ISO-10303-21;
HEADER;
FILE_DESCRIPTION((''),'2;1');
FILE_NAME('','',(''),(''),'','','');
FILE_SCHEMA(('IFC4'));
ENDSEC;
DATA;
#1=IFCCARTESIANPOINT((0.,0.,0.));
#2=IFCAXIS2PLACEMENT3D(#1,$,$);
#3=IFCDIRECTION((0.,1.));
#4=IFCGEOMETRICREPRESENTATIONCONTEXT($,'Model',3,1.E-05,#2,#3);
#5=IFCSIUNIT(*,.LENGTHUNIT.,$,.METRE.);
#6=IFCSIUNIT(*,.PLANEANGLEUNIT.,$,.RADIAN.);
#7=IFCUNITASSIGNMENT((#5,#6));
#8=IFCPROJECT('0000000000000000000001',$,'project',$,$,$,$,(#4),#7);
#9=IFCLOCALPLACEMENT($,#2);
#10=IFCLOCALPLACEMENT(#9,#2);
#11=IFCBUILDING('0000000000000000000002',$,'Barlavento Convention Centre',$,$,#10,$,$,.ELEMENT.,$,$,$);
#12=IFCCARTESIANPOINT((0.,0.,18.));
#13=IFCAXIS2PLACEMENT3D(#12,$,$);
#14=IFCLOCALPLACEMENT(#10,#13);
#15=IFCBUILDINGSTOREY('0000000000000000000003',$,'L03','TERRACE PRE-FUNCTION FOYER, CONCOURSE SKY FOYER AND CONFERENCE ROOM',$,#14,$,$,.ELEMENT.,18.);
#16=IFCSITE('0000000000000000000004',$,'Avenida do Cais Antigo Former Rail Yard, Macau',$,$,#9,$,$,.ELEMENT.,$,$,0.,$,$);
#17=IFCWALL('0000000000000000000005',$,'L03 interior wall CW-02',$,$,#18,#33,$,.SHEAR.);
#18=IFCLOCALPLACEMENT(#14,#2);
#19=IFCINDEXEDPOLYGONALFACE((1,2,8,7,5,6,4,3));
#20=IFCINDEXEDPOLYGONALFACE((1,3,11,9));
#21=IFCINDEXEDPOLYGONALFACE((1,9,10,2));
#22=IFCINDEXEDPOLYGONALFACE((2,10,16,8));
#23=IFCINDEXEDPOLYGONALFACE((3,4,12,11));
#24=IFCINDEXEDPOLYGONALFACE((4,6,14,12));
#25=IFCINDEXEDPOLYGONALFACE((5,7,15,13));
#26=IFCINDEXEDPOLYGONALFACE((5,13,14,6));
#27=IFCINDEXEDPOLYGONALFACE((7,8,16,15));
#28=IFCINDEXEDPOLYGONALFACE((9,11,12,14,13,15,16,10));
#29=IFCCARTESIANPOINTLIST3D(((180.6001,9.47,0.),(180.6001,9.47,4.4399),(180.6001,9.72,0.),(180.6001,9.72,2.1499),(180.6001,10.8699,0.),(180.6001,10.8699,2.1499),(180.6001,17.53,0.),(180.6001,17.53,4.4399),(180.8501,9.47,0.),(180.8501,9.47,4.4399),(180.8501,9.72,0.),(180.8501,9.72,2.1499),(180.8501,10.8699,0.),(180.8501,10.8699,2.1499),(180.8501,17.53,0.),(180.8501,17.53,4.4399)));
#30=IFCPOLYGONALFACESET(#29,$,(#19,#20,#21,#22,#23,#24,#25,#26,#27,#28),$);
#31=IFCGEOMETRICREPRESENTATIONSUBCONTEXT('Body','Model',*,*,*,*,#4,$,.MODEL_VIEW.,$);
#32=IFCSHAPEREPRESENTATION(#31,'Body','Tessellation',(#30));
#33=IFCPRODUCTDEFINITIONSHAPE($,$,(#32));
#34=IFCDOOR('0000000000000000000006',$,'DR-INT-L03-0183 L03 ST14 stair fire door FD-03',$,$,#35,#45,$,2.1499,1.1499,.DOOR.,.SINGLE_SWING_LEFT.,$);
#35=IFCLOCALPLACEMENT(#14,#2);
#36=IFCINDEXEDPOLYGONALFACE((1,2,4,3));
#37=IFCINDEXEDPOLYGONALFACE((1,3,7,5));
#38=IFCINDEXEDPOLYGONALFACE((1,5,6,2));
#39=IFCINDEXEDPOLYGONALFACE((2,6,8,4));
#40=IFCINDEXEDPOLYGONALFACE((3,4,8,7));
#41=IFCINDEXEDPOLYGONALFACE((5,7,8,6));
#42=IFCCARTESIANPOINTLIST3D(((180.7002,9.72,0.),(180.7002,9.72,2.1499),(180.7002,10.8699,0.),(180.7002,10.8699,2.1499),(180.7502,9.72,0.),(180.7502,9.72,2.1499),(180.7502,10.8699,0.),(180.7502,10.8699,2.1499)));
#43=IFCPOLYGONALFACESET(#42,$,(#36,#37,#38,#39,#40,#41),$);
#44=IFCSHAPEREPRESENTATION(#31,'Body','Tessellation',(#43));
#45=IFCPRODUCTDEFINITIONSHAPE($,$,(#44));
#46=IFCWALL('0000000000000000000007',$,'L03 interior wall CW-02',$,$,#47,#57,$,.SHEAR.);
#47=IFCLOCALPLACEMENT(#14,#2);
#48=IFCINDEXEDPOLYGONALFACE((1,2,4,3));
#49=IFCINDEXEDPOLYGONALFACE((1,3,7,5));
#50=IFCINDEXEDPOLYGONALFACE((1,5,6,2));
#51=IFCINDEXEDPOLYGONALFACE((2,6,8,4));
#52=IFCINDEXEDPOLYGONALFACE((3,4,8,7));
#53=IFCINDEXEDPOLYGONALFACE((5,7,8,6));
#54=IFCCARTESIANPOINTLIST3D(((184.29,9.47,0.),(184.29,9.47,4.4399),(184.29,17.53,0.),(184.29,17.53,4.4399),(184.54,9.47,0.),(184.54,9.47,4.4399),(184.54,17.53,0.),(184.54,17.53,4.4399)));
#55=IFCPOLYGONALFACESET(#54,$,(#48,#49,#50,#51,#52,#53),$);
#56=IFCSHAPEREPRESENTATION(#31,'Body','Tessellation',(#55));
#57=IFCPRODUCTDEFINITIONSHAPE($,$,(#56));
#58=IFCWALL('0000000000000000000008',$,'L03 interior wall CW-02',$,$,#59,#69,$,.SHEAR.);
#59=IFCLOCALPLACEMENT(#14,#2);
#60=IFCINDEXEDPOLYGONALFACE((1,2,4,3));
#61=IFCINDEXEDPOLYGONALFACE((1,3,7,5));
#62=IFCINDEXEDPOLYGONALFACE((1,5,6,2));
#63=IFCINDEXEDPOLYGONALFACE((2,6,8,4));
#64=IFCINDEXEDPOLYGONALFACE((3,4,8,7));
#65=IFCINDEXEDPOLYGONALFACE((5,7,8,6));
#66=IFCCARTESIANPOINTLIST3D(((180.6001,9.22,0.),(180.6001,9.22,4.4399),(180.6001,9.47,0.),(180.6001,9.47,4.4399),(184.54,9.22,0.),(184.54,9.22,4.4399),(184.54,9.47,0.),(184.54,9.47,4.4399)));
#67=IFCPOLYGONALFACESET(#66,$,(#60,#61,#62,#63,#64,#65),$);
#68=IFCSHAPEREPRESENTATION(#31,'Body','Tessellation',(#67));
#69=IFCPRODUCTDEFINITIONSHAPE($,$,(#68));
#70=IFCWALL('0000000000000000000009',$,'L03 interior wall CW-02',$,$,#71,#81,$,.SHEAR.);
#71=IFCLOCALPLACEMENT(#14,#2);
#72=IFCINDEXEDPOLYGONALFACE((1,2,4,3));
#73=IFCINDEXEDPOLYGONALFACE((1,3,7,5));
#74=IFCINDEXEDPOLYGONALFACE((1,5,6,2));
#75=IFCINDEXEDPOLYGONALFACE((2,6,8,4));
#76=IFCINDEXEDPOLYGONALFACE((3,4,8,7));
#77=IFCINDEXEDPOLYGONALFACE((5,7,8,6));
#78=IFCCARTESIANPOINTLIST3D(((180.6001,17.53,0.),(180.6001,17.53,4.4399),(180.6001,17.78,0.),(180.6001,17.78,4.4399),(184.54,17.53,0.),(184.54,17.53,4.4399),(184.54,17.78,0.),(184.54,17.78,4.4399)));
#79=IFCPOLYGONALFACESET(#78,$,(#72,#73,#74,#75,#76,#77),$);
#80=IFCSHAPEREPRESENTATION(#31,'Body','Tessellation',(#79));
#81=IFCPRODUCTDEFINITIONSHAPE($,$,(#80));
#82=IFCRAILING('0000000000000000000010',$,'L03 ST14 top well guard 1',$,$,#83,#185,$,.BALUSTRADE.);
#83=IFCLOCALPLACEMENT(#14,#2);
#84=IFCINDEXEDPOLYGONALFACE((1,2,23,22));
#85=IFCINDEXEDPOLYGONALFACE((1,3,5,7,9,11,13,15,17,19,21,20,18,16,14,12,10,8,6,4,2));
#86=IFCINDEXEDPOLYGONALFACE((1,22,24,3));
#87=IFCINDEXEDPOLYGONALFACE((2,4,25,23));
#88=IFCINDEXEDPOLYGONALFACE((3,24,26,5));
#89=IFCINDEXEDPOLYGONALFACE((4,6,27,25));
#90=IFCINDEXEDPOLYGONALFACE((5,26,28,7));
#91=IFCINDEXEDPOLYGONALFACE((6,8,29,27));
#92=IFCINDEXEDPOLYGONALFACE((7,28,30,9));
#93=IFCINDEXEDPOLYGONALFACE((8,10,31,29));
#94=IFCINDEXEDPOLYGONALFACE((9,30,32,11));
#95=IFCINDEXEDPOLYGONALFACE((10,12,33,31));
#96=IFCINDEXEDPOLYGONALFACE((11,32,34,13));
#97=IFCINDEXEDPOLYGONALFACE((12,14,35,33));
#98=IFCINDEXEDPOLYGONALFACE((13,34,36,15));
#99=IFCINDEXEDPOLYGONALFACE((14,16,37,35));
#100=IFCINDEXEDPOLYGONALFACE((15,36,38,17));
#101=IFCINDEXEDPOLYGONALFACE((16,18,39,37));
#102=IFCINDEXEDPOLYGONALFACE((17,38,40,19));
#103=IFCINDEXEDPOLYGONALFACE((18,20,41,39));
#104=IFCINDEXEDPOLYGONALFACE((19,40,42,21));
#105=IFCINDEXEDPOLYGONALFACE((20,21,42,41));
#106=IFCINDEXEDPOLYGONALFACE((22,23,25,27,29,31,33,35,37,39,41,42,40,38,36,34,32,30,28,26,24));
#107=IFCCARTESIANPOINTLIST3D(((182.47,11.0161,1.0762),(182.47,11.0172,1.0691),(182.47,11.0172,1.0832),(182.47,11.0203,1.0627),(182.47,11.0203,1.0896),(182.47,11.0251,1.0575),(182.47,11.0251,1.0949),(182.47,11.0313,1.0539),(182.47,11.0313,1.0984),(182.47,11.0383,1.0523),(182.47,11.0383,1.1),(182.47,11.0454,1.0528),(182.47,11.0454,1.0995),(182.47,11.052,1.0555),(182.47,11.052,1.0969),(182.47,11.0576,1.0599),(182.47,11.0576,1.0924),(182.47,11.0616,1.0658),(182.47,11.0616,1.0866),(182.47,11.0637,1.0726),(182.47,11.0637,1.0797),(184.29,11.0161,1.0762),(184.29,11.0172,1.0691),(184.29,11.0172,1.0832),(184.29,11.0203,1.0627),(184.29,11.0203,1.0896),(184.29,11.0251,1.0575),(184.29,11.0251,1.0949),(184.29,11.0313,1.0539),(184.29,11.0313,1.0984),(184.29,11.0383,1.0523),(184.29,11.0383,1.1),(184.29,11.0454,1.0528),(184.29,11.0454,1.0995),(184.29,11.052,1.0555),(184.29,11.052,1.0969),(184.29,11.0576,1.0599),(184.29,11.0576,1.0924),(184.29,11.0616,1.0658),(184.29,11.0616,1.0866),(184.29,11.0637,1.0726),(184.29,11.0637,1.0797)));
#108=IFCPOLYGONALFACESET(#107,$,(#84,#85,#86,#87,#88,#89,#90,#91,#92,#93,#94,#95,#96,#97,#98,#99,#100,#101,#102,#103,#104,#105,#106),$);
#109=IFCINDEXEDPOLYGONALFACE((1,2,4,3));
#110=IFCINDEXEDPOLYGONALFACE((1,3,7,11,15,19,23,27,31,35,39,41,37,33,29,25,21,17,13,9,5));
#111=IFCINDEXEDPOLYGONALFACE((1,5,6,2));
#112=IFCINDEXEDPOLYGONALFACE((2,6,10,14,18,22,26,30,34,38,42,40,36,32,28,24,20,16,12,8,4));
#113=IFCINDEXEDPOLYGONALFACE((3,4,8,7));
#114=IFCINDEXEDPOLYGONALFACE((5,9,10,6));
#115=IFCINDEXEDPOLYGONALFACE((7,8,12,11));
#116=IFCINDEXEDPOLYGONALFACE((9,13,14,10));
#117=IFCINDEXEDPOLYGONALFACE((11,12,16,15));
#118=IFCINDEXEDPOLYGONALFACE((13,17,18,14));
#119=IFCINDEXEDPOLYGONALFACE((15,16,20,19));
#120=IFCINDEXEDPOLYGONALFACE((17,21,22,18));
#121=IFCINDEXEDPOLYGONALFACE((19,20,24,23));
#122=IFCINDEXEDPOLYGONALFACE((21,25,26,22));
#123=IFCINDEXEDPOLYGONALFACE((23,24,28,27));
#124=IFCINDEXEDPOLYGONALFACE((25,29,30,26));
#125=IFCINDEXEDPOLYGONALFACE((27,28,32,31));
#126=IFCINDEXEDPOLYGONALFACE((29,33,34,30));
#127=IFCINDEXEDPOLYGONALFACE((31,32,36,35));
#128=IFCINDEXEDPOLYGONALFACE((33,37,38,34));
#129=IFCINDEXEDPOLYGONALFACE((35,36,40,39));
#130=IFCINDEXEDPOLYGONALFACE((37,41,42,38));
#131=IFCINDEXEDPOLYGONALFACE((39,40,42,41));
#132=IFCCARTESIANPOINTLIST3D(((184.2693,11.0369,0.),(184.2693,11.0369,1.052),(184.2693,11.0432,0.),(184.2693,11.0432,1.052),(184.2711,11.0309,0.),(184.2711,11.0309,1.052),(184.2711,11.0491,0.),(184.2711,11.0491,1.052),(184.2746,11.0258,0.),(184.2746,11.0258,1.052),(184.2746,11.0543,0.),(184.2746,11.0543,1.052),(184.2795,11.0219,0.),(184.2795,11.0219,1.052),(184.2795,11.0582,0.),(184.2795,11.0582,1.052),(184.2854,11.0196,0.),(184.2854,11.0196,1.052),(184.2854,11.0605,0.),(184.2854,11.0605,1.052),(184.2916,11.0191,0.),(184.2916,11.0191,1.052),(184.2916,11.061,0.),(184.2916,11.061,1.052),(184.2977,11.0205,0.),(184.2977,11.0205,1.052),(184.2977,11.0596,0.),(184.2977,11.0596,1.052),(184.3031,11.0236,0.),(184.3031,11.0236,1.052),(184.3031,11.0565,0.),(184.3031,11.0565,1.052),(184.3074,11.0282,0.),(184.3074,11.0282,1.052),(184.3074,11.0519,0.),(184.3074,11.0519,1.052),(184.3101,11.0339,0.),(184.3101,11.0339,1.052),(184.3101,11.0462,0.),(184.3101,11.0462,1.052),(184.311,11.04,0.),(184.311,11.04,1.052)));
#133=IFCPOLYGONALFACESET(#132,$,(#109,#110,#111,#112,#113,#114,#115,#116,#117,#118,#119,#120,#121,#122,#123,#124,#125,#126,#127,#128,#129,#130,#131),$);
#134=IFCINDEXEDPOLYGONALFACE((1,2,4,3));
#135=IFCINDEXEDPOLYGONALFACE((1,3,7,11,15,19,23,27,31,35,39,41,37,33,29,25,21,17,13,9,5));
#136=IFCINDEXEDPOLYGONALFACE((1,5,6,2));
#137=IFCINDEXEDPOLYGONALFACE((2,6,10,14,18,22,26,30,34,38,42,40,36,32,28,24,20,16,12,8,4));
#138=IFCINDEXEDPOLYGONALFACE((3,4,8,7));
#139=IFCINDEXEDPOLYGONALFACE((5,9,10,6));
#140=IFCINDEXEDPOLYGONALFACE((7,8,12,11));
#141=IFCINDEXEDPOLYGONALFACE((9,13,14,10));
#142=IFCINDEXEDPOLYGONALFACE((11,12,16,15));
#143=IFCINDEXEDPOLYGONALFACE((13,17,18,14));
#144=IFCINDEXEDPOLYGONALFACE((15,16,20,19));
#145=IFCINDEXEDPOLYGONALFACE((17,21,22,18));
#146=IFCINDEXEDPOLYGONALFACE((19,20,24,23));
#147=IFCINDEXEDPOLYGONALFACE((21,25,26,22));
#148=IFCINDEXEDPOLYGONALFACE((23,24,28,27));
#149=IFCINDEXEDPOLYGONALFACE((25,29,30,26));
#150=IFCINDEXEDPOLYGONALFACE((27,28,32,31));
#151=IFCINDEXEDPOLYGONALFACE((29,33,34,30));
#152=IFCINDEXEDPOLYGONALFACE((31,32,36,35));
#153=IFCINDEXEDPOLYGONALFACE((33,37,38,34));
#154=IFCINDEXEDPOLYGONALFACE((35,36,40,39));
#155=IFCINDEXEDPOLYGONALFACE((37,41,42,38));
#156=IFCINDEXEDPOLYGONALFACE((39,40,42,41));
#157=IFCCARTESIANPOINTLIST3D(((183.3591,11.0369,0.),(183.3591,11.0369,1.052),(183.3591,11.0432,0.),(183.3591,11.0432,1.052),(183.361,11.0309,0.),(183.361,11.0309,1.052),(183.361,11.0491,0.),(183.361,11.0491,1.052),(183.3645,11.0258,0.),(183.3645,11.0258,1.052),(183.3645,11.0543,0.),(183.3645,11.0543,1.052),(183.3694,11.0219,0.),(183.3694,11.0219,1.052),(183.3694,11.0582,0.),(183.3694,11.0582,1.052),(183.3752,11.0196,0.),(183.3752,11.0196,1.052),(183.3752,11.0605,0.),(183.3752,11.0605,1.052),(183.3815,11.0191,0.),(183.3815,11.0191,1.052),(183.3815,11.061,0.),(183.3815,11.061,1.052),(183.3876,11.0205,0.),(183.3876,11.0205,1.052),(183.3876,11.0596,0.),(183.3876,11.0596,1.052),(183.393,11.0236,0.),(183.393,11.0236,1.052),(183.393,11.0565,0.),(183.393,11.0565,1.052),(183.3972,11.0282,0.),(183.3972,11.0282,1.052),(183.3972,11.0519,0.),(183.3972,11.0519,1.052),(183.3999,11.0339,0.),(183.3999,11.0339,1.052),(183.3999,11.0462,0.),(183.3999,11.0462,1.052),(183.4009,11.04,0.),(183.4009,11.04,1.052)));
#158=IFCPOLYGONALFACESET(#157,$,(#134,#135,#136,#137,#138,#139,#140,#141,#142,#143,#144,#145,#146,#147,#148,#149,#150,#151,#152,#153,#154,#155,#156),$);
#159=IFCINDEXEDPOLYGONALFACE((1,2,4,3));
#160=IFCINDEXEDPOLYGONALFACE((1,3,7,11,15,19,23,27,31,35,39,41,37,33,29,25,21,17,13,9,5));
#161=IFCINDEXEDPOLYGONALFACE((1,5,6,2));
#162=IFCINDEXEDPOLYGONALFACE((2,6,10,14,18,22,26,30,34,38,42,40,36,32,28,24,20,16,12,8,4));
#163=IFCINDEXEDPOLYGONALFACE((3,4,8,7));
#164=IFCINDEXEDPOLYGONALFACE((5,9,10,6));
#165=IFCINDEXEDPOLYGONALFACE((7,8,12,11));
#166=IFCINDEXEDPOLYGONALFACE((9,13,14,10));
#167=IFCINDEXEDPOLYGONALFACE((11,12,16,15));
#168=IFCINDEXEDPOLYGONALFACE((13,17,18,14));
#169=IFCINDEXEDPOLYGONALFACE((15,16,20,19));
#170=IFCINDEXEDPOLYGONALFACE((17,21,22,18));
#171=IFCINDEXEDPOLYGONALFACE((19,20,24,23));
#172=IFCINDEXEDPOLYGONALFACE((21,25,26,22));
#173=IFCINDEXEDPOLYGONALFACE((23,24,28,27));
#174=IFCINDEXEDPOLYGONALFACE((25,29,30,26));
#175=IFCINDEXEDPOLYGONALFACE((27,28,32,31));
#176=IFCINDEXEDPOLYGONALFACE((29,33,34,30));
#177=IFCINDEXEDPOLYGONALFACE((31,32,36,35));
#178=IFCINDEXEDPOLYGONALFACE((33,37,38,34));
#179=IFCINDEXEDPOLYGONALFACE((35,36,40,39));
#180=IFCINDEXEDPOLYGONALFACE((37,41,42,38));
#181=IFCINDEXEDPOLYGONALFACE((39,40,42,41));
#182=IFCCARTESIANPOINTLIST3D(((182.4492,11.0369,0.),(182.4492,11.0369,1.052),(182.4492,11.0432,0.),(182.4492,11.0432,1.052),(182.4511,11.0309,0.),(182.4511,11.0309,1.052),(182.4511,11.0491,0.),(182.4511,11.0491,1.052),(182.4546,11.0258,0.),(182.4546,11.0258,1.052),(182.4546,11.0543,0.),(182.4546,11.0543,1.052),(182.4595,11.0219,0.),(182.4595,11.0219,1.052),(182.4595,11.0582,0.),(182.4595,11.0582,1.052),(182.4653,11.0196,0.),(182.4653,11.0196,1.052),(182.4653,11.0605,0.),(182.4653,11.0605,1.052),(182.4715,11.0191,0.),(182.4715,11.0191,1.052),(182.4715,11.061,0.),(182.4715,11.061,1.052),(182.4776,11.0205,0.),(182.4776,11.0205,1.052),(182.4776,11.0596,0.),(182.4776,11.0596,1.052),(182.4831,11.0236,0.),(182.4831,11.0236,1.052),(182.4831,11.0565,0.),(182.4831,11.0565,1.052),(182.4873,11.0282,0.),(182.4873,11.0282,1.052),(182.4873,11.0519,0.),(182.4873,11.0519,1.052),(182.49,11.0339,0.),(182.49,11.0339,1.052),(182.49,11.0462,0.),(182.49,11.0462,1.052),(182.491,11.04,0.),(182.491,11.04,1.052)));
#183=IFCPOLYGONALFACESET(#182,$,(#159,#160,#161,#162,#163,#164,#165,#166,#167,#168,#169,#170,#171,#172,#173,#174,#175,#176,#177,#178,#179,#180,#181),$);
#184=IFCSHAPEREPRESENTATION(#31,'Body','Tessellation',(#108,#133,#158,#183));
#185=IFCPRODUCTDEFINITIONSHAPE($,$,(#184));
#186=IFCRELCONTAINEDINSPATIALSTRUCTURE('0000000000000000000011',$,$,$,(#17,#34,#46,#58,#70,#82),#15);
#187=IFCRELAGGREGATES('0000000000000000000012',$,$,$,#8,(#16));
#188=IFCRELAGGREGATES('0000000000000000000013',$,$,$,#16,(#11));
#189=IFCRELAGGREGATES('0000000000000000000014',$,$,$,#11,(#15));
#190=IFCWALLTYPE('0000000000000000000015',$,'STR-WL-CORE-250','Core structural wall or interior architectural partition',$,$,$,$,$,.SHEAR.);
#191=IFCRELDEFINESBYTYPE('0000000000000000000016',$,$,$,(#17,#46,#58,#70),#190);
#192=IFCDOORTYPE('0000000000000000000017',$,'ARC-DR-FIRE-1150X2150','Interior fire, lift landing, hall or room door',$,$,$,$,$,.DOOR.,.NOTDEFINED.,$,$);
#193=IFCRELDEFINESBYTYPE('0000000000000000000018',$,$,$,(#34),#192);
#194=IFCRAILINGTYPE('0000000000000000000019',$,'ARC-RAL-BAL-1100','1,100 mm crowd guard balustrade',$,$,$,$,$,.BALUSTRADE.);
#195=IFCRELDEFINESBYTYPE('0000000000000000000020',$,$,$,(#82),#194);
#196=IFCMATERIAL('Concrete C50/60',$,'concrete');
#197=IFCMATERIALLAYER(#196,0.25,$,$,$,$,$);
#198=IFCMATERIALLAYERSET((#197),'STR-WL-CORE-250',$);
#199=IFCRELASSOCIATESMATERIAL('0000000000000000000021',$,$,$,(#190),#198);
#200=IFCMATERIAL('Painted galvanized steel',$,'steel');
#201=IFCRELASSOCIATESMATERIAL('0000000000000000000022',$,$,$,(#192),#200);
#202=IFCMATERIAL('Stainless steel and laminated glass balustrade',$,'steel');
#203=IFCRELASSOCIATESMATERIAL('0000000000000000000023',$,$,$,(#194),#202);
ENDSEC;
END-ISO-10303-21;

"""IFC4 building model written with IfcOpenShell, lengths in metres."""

from ifc_helpers import new_model, si_unit, direction, frame, frame_2d, origin, origin_2d, place, context, subcontext, project, spatial, rectangle, circle, extrude, material, layer, layer_set, type_object, element, fill, save


model = new_model("IFC4")

# Units and contexts
model_context = context("Model", 3, precision=1e-05, world=origin(), true_north=direction((0.0, 1.0)))
body_context = subcontext(model_context, "Body", "Model", "MODEL_VIEW")
ifc_project = project(units=[si_unit("LENGTHUNIT", "METRE"), si_unit("PLANEANGLEUNIT", "RADIAN")], contexts=[model_context])

# Site, building, storey
site_placement = place(None, origin())
site = spatial("IfcSite", under=ifc_project, at=site_placement, Name="Avenida do Cais Antigo Former Rail Yard, Macau", CompositionType="ELEMENT", RefElevation=0.0)
building_placement = place(site_placement, origin())
building = spatial("IfcBuilding", under=site, at=building_placement, Name="Barlavento Convention Centre", CompositionType="ELEMENT")
storey_placement = place(building_placement, frame((0.0, 0.0, 18.0)))
storey = spatial("IfcBuildingStorey", under=building, at=storey_placement, Name="L03", Description="TERRACE PRE-FUNCTION FOYER, CONCOURSE SKY FOYER AND CONFERENCE ROOM", CompositionType="ELEMENT", Elevation=18.0)

# Wall, opening, door
ifc_material_1 = material(Name="Concrete C50/60", Category="concrete")
ifc_layer_1 = layer(ifc_material_1, 0.25)
ifc_layer_set_1 = layer_set([ifc_layer_1], Name="STR-WL-CORE-250")
wall_type = type_object("IfcWallType", Name="STR-WL-CORE-250", Description="Core structural wall or interior architectural partition", PredefinedType="SHEAR", material=ifc_layer_set_1)
wall_1_placement = place(storey_placement, frame((180.7251, 9.47, 0.0), z_axis=(0.0, 0.0, 1.0), x_axis=(0.0, 1.0, 0.0)))
wall_1 = element("IfcWall", 1, at=wall_1_placement, inside=storey, type_object=wall_type, Name="L03 interior wall CW-02", PredefinedType="SHEAR", context=body_context, shape_type="SweptSolid", body=[
    extrude(rectangle(XDim=8.0601, YDim=0.25, at=frame_2d((4.03, 0.0))), origin(), (0.0, 0.0, 1.0), 4.4399),
])
opening_placement = place(wall_1_placement, frame((0.25, 0.0, 0.0)))
opening = element("IfcOpeningElement", 2, at=opening_placement, cuts=wall_1, PredefinedType="OPENING", context=body_context, shape_type="SweptSolid", body=[
    extrude(rectangle(XDim=1.1499, YDim=2.1499, at=frame_2d((0.575, 1.075))), frame((0.0, 0.135, 0.0), z_axis=(0.0, -1.0, 0.0), x_axis=(1.0, 0.0, 0.0)), (0.0, 0.0, 1.0), 0.27),
])
ifc_material_2 = material(Name="Painted galvanized steel", Category="steel")
door_type = type_object("IfcDoorType", Name="ARC-DR-FIRE-1150X2150", Description="Interior fire, lift landing, hall or room door", OperationType="NOTDEFINED", PredefinedType="DOOR", material=ifc_material_2)
door_placement = place(opening_placement, origin())
door = element("IfcDoor", 3, at=door_placement, inside=storey, type_object=door_type, Name="DR-INT-L03-0183 L03 ST14 stair fire door FD-03", OperationType="SINGLE_SWING_LEFT", OverallHeight=2.1499, OverallWidth=1.1499, PredefinedType="DOOR", context=body_context, shape_type="SweptSolid", body=[
    extrude(rectangle(XDim=1.1499, YDim=2.1499, at=frame_2d((0.575, 1.075))), frame((0.0, 0.0249, 0.0), z_axis=(0.0, -1.0, 0.0), x_axis=(1.0, 0.0, 0.0)), (0.0, 0.0, 1.0), 0.05),
])
fill(opening, door)

# Walls
wall_2_placement = place(storey_placement, frame((184.415, 9.47, 0.0), z_axis=(0.0, 0.0, 1.0), x_axis=(0.0, 1.0, 0.0)))
element("IfcWall", 4, at=wall_2_placement, inside=storey, type_object=wall_type, Name="L03 interior wall CW-02", PredefinedType="SHEAR", context=body_context, shape_type="SweptSolid", body=[
    extrude(rectangle(XDim=8.0601, YDim=0.25, at=frame_2d((4.03, 0.0))), origin(), (0.0, 0.0, 1.0), 4.4399),
])
for number, where, z_axis, x_axis, name in (
    (5, (180.6001, 9.345, 0.0), (0.0, 0.0, 1.0), (1.0, 0.0, 0.0), "L03 interior wall CW-02"),
    (6, (180.6001, 17.655, 0.0), (0.0, 0.0, 1.0), (1.0, 0.0, 0.0), "L03 interior wall CW-02"),
):
    element("IfcWall", number, at=place(storey_placement, frame(where, z_axis=z_axis, x_axis=x_axis)), inside=storey, type_object=wall_type, Name=name, PredefinedType="SHEAR", context=body_context, shape_type="SweptSolid", body=[
        extrude(rectangle(XDim=3.9399, YDim=0.25, at=frame_2d((1.97, 0.0))), origin(), (0.0, 0.0, 1.0), 4.4399),
    ])

# Railing
ifc_material_3 = material(Name="Stainless steel and laminated glass balustrade", Category="steel")
railing_type = type_object("IfcRailingType", Name="ARC-RAL-BAL-1100", Description="1,100 mm crowd guard balustrade", PredefinedType="BALUSTRADE", material=ifc_material_3)
railing_1_placement = place(storey_placement, frame((184.29, 11.04, 0.0)))
element("IfcRailing", 7, at=railing_1_placement, inside=storey, type_object=railing_type, Name="L03 ST14 top well guard 1", PredefinedType="BALUSTRADE", context=body_context, shape_type="SweptSolid", body=[
    extrude(circle(Radius=0.0239, at=origin_2d()), frame((0.0, 0.0, 1.0762), z_axis=(-1.0, 0.0, 0.0), x_axis=(0.0, -1.0, 0.0)), (0.0, 0.0, 1.0), 1.8201),
    extrude(circle(Radius=0.021, at=origin_2d()), origin(), (0.0, 0.0, 1.0), 1.052),
    extrude(circle(Radius=0.021, at=origin_2d()), frame((-0.9102, 0.0, 0.0)), (0.0, 0.0, 1.0), 1.052),
    extrude(circle(Radius=0.021, at=origin_2d()), frame((-1.8201, 0.0, 0.0)), (0.0, 0.0, 1.0), 1.052),
])

save(model, "model.ifc")
